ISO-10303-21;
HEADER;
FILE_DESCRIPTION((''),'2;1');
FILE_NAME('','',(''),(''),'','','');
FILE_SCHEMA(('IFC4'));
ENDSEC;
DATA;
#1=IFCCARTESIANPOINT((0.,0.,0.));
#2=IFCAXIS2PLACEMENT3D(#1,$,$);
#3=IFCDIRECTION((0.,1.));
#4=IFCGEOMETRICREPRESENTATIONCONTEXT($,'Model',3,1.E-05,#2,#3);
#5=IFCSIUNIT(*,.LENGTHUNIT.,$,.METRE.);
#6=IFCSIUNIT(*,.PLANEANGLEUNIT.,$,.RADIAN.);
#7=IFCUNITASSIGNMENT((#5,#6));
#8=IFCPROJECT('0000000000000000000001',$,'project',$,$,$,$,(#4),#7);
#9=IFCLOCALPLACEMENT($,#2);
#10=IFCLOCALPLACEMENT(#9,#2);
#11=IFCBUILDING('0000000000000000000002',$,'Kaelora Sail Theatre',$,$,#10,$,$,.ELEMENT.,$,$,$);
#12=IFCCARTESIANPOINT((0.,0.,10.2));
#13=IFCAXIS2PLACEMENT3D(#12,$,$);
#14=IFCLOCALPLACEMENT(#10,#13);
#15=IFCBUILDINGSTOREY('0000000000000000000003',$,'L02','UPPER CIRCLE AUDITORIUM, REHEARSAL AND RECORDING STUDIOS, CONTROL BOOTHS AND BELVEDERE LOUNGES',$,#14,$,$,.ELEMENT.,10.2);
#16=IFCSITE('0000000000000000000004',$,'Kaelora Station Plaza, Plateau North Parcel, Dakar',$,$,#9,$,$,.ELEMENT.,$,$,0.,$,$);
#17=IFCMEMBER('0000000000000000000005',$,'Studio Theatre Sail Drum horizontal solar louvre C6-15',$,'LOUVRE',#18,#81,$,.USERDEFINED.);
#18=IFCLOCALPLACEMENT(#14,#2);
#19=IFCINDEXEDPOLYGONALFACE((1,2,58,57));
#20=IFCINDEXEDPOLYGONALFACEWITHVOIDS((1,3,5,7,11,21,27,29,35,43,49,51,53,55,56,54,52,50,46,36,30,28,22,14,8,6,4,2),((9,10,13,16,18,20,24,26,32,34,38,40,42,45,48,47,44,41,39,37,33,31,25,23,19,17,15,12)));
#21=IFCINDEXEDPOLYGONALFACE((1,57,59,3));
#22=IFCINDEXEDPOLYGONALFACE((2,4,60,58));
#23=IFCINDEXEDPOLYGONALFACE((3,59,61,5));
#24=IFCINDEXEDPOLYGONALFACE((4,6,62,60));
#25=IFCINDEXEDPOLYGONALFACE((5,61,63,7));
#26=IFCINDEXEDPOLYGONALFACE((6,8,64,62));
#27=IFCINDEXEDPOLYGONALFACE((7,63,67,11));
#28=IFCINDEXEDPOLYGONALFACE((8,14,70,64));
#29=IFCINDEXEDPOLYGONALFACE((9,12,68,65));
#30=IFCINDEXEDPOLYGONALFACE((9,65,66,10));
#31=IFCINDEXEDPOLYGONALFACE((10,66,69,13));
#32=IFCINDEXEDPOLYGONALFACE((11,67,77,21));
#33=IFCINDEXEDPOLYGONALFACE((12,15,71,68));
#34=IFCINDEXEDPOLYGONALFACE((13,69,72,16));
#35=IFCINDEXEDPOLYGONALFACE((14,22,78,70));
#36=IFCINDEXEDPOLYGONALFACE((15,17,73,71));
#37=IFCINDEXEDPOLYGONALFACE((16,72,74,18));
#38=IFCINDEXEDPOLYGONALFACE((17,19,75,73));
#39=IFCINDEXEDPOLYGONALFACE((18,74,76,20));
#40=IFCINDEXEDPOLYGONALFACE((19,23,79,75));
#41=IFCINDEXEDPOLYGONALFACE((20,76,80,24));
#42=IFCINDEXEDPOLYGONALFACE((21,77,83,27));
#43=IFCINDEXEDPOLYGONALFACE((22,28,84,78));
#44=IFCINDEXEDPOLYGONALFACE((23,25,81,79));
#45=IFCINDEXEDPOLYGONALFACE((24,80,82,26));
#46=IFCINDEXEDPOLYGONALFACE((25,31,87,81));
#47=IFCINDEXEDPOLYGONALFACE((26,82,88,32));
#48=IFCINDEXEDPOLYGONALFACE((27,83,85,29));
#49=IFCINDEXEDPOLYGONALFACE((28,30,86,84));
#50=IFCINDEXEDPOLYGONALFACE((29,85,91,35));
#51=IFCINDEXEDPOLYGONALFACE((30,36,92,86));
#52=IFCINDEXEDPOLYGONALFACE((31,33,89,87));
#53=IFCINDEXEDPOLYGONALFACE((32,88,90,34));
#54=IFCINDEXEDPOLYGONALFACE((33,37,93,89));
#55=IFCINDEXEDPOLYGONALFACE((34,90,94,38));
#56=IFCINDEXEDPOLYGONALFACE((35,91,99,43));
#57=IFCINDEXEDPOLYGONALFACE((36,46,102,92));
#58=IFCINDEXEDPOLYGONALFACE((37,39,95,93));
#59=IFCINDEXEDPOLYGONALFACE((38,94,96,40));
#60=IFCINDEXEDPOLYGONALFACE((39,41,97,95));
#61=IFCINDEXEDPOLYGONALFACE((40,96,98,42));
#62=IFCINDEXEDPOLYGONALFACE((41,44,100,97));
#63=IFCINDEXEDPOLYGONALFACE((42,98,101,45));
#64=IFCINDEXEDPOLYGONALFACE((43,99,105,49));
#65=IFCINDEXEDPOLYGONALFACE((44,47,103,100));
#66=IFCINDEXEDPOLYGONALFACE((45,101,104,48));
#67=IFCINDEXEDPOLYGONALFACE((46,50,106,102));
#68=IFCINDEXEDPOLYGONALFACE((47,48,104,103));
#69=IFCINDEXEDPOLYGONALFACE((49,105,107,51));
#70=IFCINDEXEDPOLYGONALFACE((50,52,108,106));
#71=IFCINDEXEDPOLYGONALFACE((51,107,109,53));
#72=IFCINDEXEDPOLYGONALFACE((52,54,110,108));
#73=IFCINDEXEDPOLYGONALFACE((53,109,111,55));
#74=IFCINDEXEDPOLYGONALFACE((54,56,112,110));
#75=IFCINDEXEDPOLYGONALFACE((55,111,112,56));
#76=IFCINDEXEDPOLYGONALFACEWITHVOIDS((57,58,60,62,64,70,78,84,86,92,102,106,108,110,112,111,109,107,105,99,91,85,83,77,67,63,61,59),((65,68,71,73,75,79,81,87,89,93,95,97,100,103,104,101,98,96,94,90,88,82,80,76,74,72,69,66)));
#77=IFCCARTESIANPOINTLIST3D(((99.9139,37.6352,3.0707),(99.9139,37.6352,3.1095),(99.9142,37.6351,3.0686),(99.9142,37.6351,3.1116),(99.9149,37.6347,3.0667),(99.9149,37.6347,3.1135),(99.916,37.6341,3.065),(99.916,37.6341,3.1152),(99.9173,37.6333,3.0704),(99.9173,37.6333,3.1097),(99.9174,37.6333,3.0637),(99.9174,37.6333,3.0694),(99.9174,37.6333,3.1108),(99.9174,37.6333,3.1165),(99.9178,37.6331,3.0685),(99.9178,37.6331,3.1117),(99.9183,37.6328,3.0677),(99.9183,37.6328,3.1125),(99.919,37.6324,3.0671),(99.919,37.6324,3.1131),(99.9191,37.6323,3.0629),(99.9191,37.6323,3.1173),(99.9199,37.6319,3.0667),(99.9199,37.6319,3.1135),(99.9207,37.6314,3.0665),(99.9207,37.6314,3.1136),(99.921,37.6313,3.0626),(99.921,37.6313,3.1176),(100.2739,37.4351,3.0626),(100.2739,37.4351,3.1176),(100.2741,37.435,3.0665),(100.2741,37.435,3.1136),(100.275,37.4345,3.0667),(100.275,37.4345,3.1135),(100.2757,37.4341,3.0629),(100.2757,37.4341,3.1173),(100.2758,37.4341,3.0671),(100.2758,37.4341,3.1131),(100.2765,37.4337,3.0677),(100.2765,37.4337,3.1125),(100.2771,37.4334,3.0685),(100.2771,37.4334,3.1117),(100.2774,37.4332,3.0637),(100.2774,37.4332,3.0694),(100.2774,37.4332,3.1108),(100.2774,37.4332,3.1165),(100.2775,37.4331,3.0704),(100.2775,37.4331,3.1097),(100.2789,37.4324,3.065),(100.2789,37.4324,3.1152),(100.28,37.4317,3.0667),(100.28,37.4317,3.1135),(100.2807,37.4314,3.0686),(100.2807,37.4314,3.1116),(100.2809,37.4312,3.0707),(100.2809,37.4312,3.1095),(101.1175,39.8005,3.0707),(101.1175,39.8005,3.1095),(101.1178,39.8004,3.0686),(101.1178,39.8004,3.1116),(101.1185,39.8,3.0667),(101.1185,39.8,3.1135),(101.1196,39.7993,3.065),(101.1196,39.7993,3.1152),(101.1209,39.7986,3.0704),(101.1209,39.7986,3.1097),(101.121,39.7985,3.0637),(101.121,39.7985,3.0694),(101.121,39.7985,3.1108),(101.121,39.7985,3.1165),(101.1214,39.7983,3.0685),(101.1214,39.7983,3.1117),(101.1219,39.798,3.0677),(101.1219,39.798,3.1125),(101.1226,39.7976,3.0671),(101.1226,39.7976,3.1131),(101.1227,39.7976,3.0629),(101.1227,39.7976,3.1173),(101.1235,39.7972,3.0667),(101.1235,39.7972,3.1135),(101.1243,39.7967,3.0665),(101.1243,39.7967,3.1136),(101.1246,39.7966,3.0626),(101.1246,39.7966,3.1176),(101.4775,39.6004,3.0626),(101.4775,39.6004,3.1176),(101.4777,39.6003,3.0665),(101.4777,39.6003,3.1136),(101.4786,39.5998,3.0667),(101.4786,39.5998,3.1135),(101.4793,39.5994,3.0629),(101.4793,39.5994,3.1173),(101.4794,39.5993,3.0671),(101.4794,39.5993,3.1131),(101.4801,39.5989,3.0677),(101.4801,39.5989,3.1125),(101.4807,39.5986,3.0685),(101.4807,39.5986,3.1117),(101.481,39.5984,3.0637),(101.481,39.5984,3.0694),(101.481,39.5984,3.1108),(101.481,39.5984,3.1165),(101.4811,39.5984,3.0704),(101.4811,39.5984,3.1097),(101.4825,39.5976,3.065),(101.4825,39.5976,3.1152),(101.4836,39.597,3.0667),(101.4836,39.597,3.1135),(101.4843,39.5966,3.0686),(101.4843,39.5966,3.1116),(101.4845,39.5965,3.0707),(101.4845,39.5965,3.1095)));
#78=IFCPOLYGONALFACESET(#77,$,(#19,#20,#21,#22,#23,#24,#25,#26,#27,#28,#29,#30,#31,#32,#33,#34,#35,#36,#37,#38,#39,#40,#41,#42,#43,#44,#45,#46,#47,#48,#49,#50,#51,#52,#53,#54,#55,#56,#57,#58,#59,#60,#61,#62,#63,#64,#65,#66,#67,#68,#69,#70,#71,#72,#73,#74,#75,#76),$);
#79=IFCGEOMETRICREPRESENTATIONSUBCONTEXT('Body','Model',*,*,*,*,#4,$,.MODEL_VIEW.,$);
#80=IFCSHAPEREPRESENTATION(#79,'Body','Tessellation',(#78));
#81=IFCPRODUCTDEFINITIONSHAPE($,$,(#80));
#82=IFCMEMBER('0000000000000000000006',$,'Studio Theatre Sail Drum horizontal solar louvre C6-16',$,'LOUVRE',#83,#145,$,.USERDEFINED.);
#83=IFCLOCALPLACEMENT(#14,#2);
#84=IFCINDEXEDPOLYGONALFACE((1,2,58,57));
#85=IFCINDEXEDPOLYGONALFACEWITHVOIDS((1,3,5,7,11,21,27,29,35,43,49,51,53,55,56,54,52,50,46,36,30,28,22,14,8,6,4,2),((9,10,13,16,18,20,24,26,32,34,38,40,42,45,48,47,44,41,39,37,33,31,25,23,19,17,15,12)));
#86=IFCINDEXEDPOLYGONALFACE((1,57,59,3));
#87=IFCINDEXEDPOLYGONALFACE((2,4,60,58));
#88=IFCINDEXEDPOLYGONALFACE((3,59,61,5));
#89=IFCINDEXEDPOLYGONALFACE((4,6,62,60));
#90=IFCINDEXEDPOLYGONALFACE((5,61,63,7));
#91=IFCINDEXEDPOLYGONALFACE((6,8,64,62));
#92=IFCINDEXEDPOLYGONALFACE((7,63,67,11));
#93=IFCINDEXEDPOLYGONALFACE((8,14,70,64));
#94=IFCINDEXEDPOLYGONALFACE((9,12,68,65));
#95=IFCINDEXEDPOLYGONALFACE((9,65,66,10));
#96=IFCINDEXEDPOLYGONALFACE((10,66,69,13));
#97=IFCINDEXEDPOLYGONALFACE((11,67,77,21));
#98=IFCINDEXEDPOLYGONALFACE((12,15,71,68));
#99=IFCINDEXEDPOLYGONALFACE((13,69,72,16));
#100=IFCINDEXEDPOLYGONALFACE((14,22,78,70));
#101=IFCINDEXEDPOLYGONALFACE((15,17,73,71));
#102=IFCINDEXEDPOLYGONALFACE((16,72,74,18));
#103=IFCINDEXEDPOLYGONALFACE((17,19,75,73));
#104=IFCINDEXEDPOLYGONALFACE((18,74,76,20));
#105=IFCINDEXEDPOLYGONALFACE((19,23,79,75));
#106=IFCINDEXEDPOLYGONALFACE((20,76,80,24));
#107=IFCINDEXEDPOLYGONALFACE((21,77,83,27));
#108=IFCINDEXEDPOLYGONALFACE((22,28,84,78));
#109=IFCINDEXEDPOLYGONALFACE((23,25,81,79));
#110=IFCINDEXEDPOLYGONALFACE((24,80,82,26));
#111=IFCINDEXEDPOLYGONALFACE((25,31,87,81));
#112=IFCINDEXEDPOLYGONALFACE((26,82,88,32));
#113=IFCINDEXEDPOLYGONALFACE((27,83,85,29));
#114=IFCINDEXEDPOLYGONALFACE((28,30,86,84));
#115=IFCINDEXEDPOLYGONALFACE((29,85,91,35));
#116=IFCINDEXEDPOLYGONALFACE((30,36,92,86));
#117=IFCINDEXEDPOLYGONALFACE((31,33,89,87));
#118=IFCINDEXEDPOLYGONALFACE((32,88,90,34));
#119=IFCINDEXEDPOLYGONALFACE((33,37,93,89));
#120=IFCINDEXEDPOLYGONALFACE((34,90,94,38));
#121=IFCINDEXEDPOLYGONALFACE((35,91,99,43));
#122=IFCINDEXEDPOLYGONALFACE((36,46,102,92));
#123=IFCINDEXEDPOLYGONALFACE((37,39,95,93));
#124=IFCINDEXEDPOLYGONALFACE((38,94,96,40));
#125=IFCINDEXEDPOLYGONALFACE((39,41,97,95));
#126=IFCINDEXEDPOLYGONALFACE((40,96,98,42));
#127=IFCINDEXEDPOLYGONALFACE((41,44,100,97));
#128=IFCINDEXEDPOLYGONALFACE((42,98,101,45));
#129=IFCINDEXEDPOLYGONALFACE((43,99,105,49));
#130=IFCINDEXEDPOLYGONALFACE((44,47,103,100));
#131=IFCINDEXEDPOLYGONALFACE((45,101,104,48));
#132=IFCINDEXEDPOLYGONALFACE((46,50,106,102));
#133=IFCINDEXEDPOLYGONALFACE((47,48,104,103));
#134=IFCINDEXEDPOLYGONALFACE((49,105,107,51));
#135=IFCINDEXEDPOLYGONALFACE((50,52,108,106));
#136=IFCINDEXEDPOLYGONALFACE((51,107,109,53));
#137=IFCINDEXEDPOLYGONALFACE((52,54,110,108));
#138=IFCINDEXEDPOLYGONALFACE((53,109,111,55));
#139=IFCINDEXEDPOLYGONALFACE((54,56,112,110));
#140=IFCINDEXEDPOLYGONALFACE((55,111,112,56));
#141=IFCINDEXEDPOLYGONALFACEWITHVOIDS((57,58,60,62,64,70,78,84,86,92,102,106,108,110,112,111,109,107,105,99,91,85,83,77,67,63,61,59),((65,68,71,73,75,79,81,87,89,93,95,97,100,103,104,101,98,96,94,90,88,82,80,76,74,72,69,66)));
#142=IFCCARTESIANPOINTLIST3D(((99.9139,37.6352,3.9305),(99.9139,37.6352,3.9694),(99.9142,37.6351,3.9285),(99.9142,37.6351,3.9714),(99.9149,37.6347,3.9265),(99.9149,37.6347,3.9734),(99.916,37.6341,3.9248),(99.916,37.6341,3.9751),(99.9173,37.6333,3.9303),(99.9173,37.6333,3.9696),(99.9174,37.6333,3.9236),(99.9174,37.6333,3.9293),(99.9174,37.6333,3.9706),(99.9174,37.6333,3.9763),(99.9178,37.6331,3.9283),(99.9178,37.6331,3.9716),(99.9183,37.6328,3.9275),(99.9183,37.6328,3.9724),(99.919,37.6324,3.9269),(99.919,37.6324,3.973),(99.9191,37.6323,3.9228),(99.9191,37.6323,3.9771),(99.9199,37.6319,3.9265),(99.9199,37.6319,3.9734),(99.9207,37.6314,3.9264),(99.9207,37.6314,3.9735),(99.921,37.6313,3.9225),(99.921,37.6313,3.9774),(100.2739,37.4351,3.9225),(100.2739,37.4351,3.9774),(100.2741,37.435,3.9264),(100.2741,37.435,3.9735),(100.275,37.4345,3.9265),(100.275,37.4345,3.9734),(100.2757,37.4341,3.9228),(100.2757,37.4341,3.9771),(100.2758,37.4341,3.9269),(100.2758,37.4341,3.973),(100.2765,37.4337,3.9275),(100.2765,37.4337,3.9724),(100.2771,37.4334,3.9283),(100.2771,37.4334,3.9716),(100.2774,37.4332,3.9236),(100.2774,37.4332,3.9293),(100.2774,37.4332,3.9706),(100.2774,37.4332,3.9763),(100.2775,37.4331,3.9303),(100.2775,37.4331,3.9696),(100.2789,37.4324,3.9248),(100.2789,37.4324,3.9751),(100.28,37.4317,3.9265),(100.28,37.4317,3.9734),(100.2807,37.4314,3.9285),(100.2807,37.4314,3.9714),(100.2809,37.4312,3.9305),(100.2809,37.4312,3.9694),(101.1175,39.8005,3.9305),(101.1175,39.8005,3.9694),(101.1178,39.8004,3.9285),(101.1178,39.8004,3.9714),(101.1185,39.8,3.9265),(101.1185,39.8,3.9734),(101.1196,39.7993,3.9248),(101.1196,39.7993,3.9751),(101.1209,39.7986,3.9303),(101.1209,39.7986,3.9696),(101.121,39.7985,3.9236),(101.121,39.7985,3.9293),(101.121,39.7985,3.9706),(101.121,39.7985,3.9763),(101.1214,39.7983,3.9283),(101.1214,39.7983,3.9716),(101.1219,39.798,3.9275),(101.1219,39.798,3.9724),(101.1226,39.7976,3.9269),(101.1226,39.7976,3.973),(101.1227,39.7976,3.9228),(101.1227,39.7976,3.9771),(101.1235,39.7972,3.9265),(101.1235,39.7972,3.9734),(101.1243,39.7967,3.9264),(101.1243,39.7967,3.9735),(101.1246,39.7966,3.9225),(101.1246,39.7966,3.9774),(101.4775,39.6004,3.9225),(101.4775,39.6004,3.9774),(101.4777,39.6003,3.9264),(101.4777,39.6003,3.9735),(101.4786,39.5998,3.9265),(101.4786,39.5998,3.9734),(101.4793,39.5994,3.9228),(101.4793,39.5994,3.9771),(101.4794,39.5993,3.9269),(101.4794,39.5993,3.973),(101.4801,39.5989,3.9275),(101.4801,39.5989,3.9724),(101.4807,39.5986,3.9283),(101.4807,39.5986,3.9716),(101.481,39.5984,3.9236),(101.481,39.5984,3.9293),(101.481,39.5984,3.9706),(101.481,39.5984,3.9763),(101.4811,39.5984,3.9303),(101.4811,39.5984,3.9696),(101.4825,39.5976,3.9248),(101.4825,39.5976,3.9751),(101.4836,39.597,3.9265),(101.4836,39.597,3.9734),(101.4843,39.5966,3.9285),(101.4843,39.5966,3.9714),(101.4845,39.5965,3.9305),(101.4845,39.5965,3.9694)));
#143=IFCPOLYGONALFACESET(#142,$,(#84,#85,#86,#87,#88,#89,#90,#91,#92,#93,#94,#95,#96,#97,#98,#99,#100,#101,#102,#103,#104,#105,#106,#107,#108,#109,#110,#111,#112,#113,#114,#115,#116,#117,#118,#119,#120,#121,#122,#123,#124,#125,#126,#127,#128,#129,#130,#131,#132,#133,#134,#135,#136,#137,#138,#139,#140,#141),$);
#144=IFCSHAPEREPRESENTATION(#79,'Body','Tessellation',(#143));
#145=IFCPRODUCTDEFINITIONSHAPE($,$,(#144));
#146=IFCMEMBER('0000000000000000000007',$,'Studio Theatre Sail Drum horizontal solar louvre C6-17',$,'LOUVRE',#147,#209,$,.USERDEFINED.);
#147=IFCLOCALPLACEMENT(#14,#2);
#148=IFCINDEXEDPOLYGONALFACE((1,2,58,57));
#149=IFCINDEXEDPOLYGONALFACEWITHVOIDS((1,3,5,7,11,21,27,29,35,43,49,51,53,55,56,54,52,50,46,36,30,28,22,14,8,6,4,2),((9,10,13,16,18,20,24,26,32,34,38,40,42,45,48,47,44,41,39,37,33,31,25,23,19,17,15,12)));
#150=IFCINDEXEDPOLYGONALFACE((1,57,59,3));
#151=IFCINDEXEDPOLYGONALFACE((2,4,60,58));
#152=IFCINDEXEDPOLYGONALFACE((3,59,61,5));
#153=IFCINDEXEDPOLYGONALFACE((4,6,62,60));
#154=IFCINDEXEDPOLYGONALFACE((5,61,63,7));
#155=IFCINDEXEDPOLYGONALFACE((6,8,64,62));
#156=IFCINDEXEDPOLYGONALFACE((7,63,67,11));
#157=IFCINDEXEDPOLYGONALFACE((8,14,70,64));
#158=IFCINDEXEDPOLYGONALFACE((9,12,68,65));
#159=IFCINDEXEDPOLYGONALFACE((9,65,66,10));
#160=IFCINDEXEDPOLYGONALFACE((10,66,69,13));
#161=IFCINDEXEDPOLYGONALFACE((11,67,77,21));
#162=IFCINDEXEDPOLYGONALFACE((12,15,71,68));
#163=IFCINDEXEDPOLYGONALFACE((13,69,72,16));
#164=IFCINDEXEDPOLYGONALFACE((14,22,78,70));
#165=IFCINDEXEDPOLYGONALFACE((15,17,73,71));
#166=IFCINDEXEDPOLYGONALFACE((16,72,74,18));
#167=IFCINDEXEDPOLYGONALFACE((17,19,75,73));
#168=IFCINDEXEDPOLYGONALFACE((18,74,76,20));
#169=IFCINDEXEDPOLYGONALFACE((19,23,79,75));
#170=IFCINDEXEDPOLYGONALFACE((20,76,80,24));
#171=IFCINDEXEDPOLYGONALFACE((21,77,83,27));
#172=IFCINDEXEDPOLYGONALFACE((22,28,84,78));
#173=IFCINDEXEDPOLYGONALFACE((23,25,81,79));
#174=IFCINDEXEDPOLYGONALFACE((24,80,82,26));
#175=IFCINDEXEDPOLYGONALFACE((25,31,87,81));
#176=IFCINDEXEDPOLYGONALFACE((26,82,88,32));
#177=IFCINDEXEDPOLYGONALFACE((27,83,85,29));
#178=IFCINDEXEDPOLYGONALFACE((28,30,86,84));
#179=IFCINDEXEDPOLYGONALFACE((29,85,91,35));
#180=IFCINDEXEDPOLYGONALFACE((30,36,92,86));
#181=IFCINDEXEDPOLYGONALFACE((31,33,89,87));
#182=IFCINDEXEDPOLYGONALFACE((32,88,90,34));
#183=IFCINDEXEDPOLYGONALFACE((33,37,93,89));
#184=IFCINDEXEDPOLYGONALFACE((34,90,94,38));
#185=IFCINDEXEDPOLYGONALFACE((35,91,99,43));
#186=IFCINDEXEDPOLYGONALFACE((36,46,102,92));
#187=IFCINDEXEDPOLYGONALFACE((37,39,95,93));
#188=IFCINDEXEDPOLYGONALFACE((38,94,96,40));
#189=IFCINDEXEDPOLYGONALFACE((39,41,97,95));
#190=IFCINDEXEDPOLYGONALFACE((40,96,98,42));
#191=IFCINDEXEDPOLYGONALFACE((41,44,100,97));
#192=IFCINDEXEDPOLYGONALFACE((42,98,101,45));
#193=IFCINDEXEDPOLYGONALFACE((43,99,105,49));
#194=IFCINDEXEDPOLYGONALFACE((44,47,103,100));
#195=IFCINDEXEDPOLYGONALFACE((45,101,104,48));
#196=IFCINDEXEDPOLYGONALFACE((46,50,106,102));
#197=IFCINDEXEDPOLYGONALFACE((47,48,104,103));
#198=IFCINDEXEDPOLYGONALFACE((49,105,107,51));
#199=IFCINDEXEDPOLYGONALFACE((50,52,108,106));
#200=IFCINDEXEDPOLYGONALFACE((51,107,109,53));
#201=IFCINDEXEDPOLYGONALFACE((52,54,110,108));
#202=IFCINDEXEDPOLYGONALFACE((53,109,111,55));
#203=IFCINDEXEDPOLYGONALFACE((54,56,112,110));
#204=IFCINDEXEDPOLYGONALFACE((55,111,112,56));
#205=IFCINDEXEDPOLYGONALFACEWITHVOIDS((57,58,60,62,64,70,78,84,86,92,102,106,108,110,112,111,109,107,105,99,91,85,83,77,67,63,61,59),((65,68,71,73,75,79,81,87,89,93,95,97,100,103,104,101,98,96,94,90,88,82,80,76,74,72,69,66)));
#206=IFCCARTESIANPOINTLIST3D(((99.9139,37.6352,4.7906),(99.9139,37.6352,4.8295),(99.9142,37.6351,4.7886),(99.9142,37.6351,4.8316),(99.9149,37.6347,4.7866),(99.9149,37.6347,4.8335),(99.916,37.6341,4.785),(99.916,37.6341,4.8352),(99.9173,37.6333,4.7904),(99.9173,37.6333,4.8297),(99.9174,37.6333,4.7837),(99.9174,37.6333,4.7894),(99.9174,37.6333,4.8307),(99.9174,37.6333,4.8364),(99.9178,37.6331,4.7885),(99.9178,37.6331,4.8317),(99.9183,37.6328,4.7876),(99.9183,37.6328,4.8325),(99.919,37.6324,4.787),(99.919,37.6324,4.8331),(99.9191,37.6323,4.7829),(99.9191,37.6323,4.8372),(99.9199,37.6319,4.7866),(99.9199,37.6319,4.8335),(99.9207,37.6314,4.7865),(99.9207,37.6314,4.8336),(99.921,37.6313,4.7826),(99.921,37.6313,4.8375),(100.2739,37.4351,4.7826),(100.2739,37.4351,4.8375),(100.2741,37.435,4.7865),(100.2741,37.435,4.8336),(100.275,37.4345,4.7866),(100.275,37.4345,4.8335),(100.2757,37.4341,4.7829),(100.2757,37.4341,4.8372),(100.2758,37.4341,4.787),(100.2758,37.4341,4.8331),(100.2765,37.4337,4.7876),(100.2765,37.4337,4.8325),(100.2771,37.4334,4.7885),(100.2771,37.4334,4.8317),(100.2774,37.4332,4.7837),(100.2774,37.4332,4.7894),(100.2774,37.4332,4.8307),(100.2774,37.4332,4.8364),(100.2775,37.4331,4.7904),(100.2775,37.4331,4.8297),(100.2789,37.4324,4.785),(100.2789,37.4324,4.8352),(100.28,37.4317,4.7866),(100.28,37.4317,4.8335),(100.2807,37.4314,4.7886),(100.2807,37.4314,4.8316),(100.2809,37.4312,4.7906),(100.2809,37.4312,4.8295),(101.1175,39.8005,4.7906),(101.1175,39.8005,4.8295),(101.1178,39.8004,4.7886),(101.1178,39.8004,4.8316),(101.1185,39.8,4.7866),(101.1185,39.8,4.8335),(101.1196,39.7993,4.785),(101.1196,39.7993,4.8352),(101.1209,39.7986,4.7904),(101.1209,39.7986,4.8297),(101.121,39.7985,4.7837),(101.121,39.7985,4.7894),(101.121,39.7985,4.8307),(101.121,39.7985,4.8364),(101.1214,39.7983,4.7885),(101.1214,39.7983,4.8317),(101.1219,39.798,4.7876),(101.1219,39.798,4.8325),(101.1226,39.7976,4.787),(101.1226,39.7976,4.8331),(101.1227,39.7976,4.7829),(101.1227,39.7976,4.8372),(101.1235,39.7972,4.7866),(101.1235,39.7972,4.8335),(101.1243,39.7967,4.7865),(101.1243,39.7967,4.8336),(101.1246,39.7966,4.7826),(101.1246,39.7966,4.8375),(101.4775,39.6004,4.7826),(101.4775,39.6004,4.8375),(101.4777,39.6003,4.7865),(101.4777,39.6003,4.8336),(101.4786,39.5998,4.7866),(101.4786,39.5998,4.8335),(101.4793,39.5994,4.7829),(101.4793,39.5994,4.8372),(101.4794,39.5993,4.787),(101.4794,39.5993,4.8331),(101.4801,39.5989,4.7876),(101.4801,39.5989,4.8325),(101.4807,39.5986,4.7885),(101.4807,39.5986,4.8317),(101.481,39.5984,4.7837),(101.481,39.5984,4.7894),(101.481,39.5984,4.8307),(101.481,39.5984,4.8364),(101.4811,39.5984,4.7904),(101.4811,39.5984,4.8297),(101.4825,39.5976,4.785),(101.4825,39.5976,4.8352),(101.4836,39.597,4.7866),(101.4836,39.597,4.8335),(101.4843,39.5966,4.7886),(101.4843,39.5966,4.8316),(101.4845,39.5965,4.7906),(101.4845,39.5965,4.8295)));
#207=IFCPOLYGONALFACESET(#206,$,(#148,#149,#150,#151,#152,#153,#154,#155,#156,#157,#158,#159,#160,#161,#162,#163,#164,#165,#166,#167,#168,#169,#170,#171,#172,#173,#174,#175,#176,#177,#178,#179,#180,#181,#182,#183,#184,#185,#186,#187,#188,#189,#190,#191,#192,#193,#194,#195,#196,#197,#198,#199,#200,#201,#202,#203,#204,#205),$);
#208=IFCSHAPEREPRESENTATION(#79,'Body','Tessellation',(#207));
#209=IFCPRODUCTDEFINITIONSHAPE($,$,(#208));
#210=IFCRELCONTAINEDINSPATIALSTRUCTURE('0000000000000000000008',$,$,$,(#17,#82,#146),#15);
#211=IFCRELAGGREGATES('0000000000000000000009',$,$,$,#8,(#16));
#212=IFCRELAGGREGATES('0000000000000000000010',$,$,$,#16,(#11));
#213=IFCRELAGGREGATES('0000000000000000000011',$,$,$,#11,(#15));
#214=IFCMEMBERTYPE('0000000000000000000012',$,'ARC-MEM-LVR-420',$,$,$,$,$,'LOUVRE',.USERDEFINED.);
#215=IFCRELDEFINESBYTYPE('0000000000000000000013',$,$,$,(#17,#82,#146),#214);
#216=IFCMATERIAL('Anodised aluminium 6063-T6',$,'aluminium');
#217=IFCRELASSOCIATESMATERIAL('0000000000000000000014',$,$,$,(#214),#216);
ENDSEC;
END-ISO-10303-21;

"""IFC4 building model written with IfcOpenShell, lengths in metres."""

from ifc_helpers import new_model, si_unit, direction, frame, origin, origin_2d, place, context, subcontext, project, spatial, hollow_rectangle, extrude, material, material_profile, profile_set, type_object, element, save


model = new_model("IFC4")

# Units and contexts
model_context = context("Model", 3, precision=1e-05, world=origin(), true_north=direction((0.0, 1.0)))
body_context = subcontext(model_context, "Body", "Model", "MODEL_VIEW")
ifc_project = project(units=[si_unit("LENGTHUNIT", "METRE"), si_unit("PLANEANGLEUNIT", "RADIAN")], contexts=[model_context])

# Site, building, storey
site_placement = place(None, origin())
site = spatial("IfcSite", under=ifc_project, at=site_placement, Name="Kaelora Station Plaza, Plateau North Parcel, Dakar", CompositionType="ELEMENT", RefElevation=0.0)
building_placement = place(site_placement, origin())
building = spatial("IfcBuilding", under=site, at=building_placement, Name="Kaelora Sail Theatre", CompositionType="ELEMENT")
storey_placement = place(building_placement, frame((0.0, 0.0, 10.2)))
storey = spatial("IfcBuildingStorey", under=building, at=storey_placement, Name="L02", Description="UPPER CIRCLE AUDITORIUM, REHEARSAL AND RECORDING STUDIOS, CONTROL BOOTHS AND BELVEDERE LOUNGES", CompositionType="ELEMENT", Elevation=10.2)

# Members
ifc_material_1 = material(Name="Anodised aluminium 6063-T6", Category="aluminium")
ifc_material_profile_1 = material_profile(ifc_material_1, hollow_rectangle(XDim=0.4199, YDim=0.0549, WallThickness=0.0039, InnerFilletRadius=0.0039, OuterFilletRadius=0.0081, at=origin_2d()), Name="LOUVRE 420x55x4")
ifc_profile_set_1 = profile_set([ifc_material_profile_1], Name="Anodised aluminium 6063-T6")
member_type = type_object("IfcMemberType", Name="ARC-MEM-LVR-420", ElementType="LOUVRE", PredefinedType="USERDEFINED", material=ifc_profile_set_1)
for number, where, z_axis, x_axis, name in (
    (1, (101.301, 39.6985, 3.0901), (-0.485852, -0.874041, 0.0), (0.874041, -0.485852, 0.0), "Studio Theatre Sail Drum horizontal solar louvre C6-15"),
    (2, (101.301, 39.6985, 3.95), (-0.485852, -0.874041, 0.0), (0.874041, -0.485852, 0.0), "Studio Theatre Sail Drum horizontal solar louvre C6-16"),
    (3, (101.301, 39.6985, 4.8101), (-0.485852, -0.874041, 0.0), (0.874041, -0.485852, 0.0), "Studio Theatre Sail Drum horizontal solar louvre C6-17"),
):
    element("IfcMember", number, at=place(storey_placement, frame(where, z_axis=z_axis, x_axis=x_axis)), inside=storey, type_object=member_type, Name=name, ObjectType="LOUVRE", PredefinedType="USERDEFINED", context=body_context, shape_type="SweptSolid", body=[
        extrude(hollow_rectangle(XDim=0.4199, YDim=0.0549, WallThickness=0.0039, InnerFilletRadius=0.0039, OuterFilletRadius=0.0081, at=origin_2d()), origin(), (0.0, 0.0, 1.0), 2.4773),
    ])

save(model, "model.ifc")
